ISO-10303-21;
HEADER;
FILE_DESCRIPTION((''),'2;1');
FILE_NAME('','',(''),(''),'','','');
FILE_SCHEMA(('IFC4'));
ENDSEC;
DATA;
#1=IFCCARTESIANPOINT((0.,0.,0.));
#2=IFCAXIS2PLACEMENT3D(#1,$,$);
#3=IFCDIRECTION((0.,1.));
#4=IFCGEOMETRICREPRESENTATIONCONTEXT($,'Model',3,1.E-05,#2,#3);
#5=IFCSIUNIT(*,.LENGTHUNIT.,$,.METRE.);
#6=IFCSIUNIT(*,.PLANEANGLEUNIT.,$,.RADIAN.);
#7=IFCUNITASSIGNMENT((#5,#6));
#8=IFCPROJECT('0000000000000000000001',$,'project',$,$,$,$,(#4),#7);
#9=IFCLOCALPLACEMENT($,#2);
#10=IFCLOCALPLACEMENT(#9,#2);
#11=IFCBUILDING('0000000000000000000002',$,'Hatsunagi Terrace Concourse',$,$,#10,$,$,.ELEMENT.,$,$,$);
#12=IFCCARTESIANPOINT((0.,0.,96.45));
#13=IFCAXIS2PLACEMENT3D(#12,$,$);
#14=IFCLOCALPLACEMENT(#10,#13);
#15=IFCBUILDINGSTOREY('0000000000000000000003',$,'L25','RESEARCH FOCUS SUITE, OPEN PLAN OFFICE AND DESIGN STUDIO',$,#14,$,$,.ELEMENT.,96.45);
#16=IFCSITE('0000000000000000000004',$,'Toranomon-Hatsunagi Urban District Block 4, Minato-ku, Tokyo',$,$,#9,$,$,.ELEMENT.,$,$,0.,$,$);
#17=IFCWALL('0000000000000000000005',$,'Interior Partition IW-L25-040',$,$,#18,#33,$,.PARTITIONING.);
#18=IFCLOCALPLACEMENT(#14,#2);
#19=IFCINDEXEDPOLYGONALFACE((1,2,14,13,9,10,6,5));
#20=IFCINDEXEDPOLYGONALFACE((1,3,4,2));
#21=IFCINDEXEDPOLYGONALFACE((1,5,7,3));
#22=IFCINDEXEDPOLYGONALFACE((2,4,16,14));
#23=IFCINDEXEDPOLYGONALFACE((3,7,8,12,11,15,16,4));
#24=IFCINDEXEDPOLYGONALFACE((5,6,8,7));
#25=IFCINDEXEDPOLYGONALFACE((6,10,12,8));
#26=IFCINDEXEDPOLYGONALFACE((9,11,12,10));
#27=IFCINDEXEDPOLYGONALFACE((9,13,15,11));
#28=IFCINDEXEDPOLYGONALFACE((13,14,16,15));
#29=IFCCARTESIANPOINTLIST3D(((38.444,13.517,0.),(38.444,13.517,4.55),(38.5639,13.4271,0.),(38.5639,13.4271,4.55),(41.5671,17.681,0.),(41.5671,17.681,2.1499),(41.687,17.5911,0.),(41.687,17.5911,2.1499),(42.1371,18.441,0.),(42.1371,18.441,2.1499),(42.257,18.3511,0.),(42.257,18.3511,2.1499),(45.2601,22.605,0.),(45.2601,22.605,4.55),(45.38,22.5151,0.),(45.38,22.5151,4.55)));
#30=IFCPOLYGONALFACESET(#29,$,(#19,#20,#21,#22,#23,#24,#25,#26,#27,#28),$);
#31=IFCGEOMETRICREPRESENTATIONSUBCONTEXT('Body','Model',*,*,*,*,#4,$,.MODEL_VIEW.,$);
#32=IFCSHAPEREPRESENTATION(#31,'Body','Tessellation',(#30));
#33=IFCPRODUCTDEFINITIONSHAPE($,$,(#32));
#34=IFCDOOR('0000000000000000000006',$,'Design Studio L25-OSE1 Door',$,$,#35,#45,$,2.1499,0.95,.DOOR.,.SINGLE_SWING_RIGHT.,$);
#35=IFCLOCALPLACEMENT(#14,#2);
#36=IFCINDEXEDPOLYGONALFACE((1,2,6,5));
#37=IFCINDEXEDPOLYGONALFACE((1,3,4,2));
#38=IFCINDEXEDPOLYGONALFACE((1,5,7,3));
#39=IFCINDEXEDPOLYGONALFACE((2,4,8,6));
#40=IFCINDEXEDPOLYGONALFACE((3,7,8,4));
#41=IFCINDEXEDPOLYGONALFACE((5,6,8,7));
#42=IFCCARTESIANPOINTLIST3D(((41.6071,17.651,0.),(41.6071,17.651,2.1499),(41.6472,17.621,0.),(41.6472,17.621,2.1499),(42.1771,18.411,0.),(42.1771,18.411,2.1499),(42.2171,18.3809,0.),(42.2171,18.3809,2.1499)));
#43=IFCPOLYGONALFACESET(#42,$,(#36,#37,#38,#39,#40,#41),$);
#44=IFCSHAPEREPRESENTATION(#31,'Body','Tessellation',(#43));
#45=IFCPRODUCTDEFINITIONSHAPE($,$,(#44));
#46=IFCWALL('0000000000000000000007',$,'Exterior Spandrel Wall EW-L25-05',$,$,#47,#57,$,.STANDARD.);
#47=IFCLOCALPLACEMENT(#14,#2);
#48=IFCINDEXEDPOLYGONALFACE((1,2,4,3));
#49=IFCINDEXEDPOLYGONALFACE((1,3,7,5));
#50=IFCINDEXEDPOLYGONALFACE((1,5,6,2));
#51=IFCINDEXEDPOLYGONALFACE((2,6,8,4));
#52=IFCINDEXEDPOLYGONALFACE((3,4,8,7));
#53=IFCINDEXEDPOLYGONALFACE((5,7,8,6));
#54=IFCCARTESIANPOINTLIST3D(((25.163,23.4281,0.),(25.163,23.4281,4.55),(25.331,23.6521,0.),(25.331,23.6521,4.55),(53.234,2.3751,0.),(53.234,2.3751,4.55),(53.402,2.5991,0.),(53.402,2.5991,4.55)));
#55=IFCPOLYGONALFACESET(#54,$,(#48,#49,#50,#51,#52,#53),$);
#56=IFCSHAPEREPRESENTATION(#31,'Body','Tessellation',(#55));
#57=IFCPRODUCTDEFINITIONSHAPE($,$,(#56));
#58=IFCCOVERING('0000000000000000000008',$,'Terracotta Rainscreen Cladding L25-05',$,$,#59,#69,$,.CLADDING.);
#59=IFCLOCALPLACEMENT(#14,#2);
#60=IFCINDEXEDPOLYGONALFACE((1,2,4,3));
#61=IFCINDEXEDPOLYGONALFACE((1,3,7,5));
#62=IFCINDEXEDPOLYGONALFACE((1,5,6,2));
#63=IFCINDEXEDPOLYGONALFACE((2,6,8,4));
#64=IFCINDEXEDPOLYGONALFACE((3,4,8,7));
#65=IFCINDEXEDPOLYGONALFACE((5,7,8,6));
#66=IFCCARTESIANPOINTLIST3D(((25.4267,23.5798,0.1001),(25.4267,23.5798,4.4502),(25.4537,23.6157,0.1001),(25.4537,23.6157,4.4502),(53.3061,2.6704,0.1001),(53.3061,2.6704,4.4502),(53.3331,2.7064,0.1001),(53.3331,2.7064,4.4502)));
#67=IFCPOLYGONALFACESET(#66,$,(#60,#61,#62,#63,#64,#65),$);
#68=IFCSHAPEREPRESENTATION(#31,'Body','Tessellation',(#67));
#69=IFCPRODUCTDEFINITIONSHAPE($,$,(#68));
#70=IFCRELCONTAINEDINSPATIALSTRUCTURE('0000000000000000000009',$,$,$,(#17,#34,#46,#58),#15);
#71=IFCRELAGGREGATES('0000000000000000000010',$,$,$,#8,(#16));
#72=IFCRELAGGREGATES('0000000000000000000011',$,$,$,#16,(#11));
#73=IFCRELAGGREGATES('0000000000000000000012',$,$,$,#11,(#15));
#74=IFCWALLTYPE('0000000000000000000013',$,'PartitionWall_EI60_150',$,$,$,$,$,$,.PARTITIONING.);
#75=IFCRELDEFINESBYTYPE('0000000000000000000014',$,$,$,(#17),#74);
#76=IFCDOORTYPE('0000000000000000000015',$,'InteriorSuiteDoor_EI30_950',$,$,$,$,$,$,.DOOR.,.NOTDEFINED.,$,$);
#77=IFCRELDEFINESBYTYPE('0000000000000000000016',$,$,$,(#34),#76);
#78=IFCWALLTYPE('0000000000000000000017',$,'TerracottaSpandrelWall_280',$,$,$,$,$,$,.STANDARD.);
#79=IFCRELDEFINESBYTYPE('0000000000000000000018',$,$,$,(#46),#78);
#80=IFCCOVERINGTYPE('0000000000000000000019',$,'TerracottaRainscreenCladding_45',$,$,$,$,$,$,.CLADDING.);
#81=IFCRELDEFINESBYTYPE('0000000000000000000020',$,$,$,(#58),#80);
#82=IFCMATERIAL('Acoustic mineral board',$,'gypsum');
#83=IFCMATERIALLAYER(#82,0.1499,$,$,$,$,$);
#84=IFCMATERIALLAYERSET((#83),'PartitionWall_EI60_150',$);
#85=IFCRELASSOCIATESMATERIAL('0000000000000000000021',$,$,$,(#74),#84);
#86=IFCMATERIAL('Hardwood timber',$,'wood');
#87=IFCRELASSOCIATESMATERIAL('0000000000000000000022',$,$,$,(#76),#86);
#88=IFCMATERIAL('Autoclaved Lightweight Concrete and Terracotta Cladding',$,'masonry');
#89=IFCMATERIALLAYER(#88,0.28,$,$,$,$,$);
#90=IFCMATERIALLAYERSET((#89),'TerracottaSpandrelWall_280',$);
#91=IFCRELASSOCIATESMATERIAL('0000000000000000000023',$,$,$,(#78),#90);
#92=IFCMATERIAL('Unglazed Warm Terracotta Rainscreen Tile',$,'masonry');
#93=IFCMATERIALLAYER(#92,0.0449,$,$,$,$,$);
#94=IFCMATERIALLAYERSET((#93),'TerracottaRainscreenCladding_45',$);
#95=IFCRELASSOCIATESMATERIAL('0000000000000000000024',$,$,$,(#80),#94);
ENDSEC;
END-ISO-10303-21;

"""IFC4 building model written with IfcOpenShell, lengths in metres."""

from ifc_helpers import new_model, si_unit, direction, frame, frame_2d, origin, origin_2d, place, context, subcontext, project, spatial, rectangle, extrude, material, layer, layer_set, type_object, element, fill, save


model = new_model("IFC4")

# Units and contexts
model_context = context("Model", 3, precision=1e-05, world=origin(), true_north=direction((0.0, 1.0)))
body_context = subcontext(model_context, "Body", "Model", "MODEL_VIEW")
ifc_project = project(units=[si_unit("LENGTHUNIT", "METRE"), si_unit("PLANEANGLEUNIT", "RADIAN")], contexts=[model_context])

# Site, building, storey
site_placement = place(None, origin())
site = spatial("IfcSite", under=ifc_project, at=site_placement, Name="Toranomon-Hatsunagi Urban District Block 4, Minato-ku, Tokyo", CompositionType="ELEMENT", RefElevation=0.0)
building_placement = place(site_placement, origin())
building = spatial("IfcBuilding", under=site, at=building_placement, Name="Hatsunagi Terrace Concourse", CompositionType="ELEMENT")
storey_placement = place(building_placement, frame((0.0, 0.0, 96.45)))
storey = spatial("IfcBuildingStorey", under=building, at=storey_placement, Name="L25", Description="RESEARCH FOCUS SUITE, OPEN PLAN OFFICE AND DESIGN STUDIO", CompositionType="ELEMENT", Elevation=96.45)

# Wall, opening, door
ifc_material_1 = material(Name="Acoustic mineral board", Category="gypsum")
ifc_layer_1 = layer(ifc_material_1, 0.1499)
ifc_layer_set_1 = layer_set([ifc_layer_1], Name="PartitionWall_EI60_150")
wall_type_1 = type_object("IfcWallType", Name="PartitionWall_EI60_150", PredefinedType="PARTITIONING", material=ifc_layer_set_1)
wall_1_placement = place(storey_placement, frame((38.5039, 13.4719, 0.0), z_axis=(0.0, 0.0, 1.0), x_axis=(0.600003, 0.799997, 0.0)))
wall_1 = element("IfcWall", 1, at=wall_1_placement, inside=storey, type_object=wall_type_1, Name="Interior Partition IW-L25-040", PredefinedType="PARTITIONING", context=body_context, shape_type="SweptSolid", body=[
    extrude(rectangle(XDim=11.3601, YDim=0.1499, at=frame_2d((5.6802, 0.0))), origin(), (0.0, 0.0, 1.0), 4.55),
])
opening_placement = place(wall_1_placement, frame((5.2051, 0.0, 0.0)))
opening = element("IfcOpeningElement", 2, at=opening_placement, cuts=wall_1, PredefinedType="OPENING", context=body_context, shape_type="SweptSolid", body=[
    extrude(rectangle(XDim=0.95, YDim=2.1499, at=frame_2d((0.4751, 1.075))), frame((0.0, 0.085, 0.0), z_axis=(0.0, -1.0, 0.0), x_axis=(1.0, 0.0, 0.0)), (0.0, 0.0, 1.0), 0.1699),
])
ifc_material_2 = material(Name="Hardwood timber", Category="wood")
door_type = type_object("IfcDoorType", Name="InteriorSuiteDoor_EI30_950", OperationType="NOTDEFINED", PredefinedType="DOOR", material=ifc_material_2)
door_placement = place(opening_placement, origin())
door = element("IfcDoor", 3, at=door_placement, inside=storey, type_object=door_type, Name="Design Studio L25-OSE1 Door", OperationType="SINGLE_SWING_RIGHT", OverallHeight=2.1499, OverallWidth=0.95, PredefinedType="DOOR", context=body_context, shape_type="SweptSolid", body=[
    extrude(rectangle(XDim=0.95, YDim=2.1499, at=frame_2d((0.4751, 1.075))), frame((0.0, 0.0249, 0.0), z_axis=(0.0, -1.0, 0.0), x_axis=(1.0, 0.0, 0.0)), (0.0, 0.0, 1.0), 0.05),
])
fill(opening, door)

# Wall
ifc_material_3 = material(Name="Autoclaved Lightweight Concrete and Terracotta Cladding", Category="masonry")
ifc_layer_2 = layer(ifc_material_3, 0.28)
ifc_layer_set_2 = layer_set([ifc_layer_2], Name="TerracottaSpandrelWall_280")
wall_type_2 = type_object("IfcWallType", Name="TerracottaSpandrelWall_280", PredefinedType="STANDARD", material=ifc_layer_set_2)
wall_2_placement = place(storey_placement, frame((53.3181, 2.4871, 0.0), z_axis=(0.0, 0.0, 1.0), x_axis=(-0.800004, 0.599994, 0.0)))
element("IfcWall", 4, at=wall_2_placement, inside=storey, type_object=wall_type_2, Name="Exterior Spandrel Wall EW-L25-05", PredefinedType="STANDARD", context=body_context, shape_type="SweptSolid", body=[
    extrude(rectangle(XDim=35.0886, YDim=0.28, at=frame_2d((17.5444, 0.0))), origin(), (0.0, 0.0, 1.0), 4.55),
])

# Covering
ifc_material_4 = material(Name="Unglazed Warm Terracotta Rainscreen Tile", Category="masonry")
ifc_layer_3 = layer(ifc_material_4, 0.0449)
ifc_layer_set_3 = layer_set([ifc_layer_3], Name="TerracottaRainscreenCladding_45")
covering_type = type_object("IfcCoveringType", Name="TerracottaRainscreenCladding_45", PredefinedType="CLADDING", material=ifc_layer_set_3)
covering_placement = place(storey_placement, frame((39.3799, 13.1431, 0.1001), z_axis=(0.0, 0.0, 1.0), x_axis=(-0.800003, 0.599996, 0.0)))
element("IfcCovering", 5, at=covering_placement, inside=storey, type_object=covering_type, Name="Terracotta Rainscreen Cladding L25-05", PredefinedType="CLADDING", context=body_context, shape_type="SweptSolid", body=[
    extrude(rectangle(XDim=34.8491, YDim=0.0449, at=origin_2d()), origin(), (0.0, 0.0, 1.0), 4.3501),
])

save(model, "model.ifc")
